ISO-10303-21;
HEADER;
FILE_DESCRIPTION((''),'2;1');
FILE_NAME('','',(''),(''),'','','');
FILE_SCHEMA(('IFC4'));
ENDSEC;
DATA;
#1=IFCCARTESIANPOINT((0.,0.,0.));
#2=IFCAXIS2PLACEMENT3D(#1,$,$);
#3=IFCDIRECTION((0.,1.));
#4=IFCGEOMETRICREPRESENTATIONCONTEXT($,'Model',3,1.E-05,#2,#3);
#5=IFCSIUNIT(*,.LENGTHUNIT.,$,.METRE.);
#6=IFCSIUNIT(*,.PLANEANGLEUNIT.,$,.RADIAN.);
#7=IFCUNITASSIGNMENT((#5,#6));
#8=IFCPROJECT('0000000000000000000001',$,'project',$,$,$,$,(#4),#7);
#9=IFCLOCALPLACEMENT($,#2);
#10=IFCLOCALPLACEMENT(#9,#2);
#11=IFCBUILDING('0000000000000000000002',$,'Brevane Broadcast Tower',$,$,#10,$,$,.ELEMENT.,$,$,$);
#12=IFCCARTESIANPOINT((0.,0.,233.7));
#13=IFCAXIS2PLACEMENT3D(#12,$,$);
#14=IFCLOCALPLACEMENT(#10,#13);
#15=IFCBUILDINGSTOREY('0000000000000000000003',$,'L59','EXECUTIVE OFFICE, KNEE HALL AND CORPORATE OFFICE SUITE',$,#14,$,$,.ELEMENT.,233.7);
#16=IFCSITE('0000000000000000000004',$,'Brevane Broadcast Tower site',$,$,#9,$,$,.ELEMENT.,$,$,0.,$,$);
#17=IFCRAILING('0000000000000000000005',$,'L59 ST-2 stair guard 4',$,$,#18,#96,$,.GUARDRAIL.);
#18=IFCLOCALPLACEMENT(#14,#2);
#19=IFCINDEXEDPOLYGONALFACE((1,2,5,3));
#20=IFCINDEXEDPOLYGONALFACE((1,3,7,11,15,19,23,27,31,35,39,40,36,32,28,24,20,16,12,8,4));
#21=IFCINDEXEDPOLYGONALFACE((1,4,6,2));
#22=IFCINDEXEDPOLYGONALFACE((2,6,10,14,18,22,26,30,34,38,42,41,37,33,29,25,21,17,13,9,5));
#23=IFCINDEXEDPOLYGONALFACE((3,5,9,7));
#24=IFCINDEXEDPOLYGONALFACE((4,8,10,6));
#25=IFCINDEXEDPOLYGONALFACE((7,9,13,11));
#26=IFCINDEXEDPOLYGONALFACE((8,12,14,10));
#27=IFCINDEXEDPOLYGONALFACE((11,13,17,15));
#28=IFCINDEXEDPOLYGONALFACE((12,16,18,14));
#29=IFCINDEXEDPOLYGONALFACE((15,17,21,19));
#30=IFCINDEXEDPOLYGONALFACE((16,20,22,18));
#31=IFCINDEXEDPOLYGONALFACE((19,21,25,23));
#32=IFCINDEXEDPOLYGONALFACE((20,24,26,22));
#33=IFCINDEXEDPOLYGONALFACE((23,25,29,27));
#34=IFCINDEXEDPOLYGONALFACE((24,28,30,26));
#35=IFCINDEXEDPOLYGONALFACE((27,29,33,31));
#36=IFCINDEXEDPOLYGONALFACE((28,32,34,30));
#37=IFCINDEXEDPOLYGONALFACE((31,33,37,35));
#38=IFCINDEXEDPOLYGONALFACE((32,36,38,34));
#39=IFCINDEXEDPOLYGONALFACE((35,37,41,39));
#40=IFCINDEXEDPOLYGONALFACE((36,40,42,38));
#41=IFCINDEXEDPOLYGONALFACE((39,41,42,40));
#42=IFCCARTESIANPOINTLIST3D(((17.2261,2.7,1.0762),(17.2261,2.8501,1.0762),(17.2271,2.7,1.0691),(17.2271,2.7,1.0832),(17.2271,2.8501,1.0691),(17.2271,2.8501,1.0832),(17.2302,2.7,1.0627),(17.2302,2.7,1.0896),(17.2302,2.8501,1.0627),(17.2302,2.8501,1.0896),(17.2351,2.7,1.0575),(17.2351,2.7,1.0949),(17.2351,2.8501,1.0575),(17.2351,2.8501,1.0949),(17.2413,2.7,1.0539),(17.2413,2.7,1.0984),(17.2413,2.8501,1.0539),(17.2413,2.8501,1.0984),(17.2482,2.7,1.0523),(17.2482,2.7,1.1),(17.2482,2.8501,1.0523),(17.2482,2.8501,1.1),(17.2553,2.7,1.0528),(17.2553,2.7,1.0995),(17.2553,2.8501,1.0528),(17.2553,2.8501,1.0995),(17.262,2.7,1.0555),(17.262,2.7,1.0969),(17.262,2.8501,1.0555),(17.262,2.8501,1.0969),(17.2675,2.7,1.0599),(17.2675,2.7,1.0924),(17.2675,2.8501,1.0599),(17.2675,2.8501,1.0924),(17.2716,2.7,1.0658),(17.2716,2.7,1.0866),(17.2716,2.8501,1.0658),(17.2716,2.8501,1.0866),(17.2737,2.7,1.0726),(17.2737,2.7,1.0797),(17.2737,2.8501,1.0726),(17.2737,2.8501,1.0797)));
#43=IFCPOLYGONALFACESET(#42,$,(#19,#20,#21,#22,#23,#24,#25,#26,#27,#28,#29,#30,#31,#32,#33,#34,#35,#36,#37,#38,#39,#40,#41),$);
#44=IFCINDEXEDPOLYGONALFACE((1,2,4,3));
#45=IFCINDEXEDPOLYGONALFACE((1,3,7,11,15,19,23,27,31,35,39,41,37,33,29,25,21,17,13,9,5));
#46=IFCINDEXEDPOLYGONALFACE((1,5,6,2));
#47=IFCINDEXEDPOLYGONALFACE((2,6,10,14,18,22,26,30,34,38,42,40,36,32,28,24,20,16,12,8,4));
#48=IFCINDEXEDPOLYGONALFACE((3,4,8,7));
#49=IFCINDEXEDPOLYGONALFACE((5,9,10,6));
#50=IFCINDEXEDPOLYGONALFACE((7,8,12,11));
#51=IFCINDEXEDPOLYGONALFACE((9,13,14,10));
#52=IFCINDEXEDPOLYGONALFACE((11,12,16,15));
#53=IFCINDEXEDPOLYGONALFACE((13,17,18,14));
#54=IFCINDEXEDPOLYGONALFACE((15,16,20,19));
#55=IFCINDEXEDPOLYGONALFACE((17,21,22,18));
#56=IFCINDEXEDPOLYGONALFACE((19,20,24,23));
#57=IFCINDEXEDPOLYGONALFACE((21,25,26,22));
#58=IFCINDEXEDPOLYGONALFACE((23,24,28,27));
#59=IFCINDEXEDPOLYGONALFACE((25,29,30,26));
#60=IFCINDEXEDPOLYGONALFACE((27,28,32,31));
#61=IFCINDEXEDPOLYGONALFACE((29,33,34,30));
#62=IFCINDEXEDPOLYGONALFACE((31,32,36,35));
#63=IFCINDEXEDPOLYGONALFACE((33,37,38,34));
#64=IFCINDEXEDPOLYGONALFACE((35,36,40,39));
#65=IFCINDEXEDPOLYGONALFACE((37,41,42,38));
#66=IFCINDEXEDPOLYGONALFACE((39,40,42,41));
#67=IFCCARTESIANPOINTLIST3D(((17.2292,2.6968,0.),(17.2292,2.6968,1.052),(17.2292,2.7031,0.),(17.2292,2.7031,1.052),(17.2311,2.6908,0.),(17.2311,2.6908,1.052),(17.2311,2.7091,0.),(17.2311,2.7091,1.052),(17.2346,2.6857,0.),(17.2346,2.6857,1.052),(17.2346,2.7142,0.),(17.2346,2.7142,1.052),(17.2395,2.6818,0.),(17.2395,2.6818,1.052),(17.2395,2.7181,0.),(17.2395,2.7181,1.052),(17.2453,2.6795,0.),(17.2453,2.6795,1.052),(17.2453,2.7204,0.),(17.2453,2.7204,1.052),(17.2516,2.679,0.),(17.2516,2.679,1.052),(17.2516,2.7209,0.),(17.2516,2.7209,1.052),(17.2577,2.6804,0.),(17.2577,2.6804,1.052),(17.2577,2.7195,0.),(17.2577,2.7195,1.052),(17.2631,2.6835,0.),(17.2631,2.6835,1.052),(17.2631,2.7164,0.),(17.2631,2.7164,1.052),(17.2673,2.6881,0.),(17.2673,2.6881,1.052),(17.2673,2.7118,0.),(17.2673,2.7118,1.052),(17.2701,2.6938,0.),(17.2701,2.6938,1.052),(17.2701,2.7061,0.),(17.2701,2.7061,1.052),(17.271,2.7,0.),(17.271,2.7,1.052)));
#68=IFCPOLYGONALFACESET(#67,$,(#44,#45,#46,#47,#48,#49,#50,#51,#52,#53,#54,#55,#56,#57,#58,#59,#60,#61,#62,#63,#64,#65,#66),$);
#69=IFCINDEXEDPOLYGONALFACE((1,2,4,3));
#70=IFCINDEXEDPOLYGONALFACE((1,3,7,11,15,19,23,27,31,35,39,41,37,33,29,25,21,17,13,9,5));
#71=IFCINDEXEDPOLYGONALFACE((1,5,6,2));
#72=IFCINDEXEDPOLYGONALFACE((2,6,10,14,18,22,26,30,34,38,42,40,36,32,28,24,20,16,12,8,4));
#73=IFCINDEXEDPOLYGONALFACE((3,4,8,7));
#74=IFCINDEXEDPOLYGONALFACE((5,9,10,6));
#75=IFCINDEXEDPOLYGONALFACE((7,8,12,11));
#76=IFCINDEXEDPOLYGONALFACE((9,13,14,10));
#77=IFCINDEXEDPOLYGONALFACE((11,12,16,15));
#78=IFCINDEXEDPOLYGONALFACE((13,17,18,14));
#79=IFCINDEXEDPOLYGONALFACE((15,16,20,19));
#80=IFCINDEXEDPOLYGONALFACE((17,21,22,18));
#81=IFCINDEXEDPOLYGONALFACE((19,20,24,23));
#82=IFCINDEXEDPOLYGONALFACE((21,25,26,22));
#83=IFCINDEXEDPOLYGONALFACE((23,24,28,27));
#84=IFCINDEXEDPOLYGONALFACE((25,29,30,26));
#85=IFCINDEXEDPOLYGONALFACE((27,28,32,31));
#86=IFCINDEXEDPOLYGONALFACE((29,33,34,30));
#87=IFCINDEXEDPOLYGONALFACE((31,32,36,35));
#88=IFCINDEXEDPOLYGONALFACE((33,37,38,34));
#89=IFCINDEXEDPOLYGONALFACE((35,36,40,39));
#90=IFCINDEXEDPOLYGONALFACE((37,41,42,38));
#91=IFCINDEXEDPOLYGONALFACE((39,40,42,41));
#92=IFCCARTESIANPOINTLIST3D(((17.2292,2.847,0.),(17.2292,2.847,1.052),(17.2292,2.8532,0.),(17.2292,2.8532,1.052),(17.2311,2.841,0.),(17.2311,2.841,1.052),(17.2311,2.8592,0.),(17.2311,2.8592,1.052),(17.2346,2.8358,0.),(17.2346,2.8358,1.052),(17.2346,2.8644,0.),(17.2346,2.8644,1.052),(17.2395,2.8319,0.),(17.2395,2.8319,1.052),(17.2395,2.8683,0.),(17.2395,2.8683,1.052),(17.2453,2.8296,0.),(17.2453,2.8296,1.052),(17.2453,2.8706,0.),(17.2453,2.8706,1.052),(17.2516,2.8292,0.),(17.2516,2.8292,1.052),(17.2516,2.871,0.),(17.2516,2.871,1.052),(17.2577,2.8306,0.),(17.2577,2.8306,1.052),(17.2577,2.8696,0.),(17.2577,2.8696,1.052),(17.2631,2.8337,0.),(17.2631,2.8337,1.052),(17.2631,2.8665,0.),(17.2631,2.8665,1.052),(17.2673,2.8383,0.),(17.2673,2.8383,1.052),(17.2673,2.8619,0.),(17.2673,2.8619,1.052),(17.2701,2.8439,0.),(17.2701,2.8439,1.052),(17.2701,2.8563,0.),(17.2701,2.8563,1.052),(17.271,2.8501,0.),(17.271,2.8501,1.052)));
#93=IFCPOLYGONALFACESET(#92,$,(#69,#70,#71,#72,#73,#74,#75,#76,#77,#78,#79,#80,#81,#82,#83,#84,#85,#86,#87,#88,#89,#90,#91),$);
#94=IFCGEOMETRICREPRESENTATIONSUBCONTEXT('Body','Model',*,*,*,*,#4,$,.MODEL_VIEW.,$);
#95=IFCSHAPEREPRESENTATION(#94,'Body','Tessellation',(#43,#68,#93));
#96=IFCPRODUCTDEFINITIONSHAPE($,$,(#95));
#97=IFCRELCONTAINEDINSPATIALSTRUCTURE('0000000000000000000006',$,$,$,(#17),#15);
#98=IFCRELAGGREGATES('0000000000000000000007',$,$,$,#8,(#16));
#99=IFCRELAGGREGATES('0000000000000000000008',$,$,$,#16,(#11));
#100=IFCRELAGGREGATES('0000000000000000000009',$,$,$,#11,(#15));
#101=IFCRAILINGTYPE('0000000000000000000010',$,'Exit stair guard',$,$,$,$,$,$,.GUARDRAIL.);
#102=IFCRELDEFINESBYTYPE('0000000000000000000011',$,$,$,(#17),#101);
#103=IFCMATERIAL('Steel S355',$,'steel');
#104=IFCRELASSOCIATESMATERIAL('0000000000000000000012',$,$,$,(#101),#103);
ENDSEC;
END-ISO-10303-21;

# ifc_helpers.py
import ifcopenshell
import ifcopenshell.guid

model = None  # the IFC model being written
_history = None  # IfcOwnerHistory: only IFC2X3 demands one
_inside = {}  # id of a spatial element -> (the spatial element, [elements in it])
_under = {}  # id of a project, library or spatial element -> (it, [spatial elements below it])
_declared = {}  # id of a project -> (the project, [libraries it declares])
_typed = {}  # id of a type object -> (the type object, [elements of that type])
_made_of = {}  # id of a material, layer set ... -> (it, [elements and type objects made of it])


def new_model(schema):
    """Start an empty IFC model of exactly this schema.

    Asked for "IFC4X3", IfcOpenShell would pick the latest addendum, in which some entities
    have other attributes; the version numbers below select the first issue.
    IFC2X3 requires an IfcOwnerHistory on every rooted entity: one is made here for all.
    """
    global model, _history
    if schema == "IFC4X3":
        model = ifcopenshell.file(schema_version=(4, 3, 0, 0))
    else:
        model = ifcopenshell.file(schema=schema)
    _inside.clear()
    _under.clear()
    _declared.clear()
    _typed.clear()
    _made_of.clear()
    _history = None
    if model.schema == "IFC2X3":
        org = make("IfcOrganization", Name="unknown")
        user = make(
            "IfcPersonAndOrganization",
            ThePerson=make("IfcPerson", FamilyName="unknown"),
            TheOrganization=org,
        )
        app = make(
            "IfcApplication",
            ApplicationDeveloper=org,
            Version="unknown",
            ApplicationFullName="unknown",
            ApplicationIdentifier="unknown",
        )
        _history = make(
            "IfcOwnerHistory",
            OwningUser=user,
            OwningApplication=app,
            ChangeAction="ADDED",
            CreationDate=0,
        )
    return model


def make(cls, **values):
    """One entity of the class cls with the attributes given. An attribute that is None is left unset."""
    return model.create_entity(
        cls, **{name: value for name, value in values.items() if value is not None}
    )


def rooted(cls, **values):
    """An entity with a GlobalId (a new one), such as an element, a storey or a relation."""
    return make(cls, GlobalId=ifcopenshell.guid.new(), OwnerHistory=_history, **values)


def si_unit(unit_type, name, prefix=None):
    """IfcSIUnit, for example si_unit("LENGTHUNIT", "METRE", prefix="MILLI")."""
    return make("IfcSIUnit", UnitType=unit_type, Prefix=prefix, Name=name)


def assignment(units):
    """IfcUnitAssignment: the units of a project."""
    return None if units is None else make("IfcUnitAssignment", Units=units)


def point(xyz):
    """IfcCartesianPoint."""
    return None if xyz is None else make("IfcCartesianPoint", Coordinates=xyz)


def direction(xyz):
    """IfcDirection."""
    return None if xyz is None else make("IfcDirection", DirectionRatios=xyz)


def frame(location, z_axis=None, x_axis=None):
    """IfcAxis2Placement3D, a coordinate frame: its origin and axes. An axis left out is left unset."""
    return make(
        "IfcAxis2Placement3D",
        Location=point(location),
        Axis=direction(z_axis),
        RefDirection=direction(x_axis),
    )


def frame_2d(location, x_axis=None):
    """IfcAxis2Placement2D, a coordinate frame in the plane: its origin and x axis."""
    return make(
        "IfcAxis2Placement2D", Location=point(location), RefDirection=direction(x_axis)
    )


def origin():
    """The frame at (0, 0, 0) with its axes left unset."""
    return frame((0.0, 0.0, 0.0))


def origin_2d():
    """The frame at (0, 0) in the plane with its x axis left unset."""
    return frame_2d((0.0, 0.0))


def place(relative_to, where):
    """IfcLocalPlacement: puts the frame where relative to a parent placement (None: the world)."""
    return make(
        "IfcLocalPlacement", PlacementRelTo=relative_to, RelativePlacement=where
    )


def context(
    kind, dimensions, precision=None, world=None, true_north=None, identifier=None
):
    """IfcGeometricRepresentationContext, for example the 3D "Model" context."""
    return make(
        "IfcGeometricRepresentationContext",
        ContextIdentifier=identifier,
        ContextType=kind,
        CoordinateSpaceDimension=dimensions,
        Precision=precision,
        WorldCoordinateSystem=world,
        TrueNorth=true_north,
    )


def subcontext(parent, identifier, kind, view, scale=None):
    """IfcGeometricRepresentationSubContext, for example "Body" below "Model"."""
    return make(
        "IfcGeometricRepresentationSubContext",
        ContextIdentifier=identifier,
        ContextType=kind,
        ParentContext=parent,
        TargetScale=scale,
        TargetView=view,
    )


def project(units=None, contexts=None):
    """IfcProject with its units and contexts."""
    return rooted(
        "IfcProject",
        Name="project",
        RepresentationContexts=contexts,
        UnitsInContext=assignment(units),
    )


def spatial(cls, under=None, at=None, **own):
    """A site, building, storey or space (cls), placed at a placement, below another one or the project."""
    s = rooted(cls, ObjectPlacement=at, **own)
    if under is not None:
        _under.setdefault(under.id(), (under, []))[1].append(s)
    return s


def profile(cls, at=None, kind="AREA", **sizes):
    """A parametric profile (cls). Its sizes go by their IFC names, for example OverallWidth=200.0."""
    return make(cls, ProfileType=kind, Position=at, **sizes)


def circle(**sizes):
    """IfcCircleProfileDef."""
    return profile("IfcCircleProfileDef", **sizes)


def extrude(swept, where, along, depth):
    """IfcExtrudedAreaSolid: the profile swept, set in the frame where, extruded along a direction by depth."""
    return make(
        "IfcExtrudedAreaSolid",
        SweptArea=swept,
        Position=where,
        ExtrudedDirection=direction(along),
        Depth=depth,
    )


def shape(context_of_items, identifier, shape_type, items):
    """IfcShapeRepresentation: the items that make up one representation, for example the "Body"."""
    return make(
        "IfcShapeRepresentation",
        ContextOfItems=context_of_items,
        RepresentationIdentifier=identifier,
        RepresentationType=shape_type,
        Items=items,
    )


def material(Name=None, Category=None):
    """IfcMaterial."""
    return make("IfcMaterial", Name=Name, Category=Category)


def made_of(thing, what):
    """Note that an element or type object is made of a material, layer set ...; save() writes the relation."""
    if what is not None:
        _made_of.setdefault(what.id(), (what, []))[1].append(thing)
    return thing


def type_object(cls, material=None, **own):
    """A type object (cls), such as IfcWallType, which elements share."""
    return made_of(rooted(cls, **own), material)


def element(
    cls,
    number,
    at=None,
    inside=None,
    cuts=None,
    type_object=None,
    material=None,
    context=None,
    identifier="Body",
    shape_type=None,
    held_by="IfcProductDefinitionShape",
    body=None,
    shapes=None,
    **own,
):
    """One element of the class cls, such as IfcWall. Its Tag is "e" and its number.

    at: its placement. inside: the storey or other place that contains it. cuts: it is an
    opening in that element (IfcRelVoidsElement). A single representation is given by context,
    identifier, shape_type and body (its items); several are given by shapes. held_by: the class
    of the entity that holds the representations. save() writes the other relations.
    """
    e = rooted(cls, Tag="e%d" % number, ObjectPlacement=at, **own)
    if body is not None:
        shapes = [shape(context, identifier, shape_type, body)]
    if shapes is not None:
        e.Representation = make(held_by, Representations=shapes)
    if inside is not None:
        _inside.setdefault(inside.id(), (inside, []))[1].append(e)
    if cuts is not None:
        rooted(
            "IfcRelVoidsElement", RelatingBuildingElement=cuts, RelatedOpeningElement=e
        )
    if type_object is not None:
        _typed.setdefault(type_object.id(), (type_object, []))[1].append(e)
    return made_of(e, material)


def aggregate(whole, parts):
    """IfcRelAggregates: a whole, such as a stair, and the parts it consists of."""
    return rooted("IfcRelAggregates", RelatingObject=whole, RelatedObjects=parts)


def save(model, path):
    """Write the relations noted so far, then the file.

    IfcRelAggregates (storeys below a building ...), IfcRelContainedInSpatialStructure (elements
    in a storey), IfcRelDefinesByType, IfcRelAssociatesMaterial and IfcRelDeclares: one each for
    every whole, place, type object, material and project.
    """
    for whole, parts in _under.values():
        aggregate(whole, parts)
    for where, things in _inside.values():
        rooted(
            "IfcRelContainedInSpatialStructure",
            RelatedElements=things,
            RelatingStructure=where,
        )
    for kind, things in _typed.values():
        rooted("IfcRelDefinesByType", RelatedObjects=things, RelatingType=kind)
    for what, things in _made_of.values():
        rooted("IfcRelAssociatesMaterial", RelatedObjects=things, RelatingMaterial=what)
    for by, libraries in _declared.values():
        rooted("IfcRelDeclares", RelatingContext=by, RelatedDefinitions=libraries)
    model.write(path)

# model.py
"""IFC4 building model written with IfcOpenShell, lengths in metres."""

from ifc_helpers import new_model, si_unit, direction, frame, origin, origin_2d, place, context, subcontext, project, spatial, circle, extrude, material, type_object, element, save


model = new_model("IFC4")

# Units and contexts
model_context = context("Model", 3, precision=1e-05, world=origin(), true_north=direction((0.0, 1.0)))
body_context = subcontext(model_context, "Body", "Model", "MODEL_VIEW")
ifc_project = project(units=[si_unit("LENGTHUNIT", "METRE"), si_unit("PLANEANGLEUNIT", "RADIAN")], contexts=[model_context])

# Site, building, storey
site_placement = place(None, origin())
site = spatial("IfcSite", under=ifc_project, at=site_placement, Name="Brevane Broadcast Tower site", CompositionType="ELEMENT", RefElevation=0.0)
building_placement = place(site_placement, origin())
building = spatial("IfcBuilding", under=site, at=building_placement, Name="Brevane Broadcast Tower", CompositionType="ELEMENT")
storey_placement = place(building_placement, frame((0.0, 0.0, 233.7)))
storey = spatial("IfcBuildingStorey", under=building, at=storey_placement, Name="L59", Description="EXECUTIVE OFFICE, KNEE HALL AND CORPORATE OFFICE SUITE", CompositionType="ELEMENT", Elevation=233.7)

# Railing
ifc_material_1 = material(Name="Steel S355", Category="steel")
railing_type_1 = type_object("IfcRailingType", Name="Exit stair guard", PredefinedType="GUARDRAIL", material=ifc_material_1)
railing_1_placement = place(storey_placement, frame((17.25, 2.7, 0.0)))
element("IfcRailing", 1, at=railing_1_placement, inside=storey, type_object=railing_type_1, Name="L59 ST-2 stair guard 4", PredefinedType="GUARDRAIL", context=body_context, shape_type="SweptSolid", body=[
    extrude(circle(Radius=0.0239, at=origin_2d()), frame((0.0, 0.0, 1.0762), z_axis=(0.0, 1.0, 0.0), x_axis=(-1.0, 0.0, 0.0)), (0.0, 0.0, 1.0), 0.1501),
    extrude(circle(Radius=0.021, at=origin_2d()), origin(), (0.0, 0.0, 1.0), 1.052),
    extrude(circle(Radius=0.021, at=origin_2d()), frame((0.0, 0.1501, 0.0)), (0.0, 0.0, 1.0), 1.052),
])

save(model, "model.ifc")
